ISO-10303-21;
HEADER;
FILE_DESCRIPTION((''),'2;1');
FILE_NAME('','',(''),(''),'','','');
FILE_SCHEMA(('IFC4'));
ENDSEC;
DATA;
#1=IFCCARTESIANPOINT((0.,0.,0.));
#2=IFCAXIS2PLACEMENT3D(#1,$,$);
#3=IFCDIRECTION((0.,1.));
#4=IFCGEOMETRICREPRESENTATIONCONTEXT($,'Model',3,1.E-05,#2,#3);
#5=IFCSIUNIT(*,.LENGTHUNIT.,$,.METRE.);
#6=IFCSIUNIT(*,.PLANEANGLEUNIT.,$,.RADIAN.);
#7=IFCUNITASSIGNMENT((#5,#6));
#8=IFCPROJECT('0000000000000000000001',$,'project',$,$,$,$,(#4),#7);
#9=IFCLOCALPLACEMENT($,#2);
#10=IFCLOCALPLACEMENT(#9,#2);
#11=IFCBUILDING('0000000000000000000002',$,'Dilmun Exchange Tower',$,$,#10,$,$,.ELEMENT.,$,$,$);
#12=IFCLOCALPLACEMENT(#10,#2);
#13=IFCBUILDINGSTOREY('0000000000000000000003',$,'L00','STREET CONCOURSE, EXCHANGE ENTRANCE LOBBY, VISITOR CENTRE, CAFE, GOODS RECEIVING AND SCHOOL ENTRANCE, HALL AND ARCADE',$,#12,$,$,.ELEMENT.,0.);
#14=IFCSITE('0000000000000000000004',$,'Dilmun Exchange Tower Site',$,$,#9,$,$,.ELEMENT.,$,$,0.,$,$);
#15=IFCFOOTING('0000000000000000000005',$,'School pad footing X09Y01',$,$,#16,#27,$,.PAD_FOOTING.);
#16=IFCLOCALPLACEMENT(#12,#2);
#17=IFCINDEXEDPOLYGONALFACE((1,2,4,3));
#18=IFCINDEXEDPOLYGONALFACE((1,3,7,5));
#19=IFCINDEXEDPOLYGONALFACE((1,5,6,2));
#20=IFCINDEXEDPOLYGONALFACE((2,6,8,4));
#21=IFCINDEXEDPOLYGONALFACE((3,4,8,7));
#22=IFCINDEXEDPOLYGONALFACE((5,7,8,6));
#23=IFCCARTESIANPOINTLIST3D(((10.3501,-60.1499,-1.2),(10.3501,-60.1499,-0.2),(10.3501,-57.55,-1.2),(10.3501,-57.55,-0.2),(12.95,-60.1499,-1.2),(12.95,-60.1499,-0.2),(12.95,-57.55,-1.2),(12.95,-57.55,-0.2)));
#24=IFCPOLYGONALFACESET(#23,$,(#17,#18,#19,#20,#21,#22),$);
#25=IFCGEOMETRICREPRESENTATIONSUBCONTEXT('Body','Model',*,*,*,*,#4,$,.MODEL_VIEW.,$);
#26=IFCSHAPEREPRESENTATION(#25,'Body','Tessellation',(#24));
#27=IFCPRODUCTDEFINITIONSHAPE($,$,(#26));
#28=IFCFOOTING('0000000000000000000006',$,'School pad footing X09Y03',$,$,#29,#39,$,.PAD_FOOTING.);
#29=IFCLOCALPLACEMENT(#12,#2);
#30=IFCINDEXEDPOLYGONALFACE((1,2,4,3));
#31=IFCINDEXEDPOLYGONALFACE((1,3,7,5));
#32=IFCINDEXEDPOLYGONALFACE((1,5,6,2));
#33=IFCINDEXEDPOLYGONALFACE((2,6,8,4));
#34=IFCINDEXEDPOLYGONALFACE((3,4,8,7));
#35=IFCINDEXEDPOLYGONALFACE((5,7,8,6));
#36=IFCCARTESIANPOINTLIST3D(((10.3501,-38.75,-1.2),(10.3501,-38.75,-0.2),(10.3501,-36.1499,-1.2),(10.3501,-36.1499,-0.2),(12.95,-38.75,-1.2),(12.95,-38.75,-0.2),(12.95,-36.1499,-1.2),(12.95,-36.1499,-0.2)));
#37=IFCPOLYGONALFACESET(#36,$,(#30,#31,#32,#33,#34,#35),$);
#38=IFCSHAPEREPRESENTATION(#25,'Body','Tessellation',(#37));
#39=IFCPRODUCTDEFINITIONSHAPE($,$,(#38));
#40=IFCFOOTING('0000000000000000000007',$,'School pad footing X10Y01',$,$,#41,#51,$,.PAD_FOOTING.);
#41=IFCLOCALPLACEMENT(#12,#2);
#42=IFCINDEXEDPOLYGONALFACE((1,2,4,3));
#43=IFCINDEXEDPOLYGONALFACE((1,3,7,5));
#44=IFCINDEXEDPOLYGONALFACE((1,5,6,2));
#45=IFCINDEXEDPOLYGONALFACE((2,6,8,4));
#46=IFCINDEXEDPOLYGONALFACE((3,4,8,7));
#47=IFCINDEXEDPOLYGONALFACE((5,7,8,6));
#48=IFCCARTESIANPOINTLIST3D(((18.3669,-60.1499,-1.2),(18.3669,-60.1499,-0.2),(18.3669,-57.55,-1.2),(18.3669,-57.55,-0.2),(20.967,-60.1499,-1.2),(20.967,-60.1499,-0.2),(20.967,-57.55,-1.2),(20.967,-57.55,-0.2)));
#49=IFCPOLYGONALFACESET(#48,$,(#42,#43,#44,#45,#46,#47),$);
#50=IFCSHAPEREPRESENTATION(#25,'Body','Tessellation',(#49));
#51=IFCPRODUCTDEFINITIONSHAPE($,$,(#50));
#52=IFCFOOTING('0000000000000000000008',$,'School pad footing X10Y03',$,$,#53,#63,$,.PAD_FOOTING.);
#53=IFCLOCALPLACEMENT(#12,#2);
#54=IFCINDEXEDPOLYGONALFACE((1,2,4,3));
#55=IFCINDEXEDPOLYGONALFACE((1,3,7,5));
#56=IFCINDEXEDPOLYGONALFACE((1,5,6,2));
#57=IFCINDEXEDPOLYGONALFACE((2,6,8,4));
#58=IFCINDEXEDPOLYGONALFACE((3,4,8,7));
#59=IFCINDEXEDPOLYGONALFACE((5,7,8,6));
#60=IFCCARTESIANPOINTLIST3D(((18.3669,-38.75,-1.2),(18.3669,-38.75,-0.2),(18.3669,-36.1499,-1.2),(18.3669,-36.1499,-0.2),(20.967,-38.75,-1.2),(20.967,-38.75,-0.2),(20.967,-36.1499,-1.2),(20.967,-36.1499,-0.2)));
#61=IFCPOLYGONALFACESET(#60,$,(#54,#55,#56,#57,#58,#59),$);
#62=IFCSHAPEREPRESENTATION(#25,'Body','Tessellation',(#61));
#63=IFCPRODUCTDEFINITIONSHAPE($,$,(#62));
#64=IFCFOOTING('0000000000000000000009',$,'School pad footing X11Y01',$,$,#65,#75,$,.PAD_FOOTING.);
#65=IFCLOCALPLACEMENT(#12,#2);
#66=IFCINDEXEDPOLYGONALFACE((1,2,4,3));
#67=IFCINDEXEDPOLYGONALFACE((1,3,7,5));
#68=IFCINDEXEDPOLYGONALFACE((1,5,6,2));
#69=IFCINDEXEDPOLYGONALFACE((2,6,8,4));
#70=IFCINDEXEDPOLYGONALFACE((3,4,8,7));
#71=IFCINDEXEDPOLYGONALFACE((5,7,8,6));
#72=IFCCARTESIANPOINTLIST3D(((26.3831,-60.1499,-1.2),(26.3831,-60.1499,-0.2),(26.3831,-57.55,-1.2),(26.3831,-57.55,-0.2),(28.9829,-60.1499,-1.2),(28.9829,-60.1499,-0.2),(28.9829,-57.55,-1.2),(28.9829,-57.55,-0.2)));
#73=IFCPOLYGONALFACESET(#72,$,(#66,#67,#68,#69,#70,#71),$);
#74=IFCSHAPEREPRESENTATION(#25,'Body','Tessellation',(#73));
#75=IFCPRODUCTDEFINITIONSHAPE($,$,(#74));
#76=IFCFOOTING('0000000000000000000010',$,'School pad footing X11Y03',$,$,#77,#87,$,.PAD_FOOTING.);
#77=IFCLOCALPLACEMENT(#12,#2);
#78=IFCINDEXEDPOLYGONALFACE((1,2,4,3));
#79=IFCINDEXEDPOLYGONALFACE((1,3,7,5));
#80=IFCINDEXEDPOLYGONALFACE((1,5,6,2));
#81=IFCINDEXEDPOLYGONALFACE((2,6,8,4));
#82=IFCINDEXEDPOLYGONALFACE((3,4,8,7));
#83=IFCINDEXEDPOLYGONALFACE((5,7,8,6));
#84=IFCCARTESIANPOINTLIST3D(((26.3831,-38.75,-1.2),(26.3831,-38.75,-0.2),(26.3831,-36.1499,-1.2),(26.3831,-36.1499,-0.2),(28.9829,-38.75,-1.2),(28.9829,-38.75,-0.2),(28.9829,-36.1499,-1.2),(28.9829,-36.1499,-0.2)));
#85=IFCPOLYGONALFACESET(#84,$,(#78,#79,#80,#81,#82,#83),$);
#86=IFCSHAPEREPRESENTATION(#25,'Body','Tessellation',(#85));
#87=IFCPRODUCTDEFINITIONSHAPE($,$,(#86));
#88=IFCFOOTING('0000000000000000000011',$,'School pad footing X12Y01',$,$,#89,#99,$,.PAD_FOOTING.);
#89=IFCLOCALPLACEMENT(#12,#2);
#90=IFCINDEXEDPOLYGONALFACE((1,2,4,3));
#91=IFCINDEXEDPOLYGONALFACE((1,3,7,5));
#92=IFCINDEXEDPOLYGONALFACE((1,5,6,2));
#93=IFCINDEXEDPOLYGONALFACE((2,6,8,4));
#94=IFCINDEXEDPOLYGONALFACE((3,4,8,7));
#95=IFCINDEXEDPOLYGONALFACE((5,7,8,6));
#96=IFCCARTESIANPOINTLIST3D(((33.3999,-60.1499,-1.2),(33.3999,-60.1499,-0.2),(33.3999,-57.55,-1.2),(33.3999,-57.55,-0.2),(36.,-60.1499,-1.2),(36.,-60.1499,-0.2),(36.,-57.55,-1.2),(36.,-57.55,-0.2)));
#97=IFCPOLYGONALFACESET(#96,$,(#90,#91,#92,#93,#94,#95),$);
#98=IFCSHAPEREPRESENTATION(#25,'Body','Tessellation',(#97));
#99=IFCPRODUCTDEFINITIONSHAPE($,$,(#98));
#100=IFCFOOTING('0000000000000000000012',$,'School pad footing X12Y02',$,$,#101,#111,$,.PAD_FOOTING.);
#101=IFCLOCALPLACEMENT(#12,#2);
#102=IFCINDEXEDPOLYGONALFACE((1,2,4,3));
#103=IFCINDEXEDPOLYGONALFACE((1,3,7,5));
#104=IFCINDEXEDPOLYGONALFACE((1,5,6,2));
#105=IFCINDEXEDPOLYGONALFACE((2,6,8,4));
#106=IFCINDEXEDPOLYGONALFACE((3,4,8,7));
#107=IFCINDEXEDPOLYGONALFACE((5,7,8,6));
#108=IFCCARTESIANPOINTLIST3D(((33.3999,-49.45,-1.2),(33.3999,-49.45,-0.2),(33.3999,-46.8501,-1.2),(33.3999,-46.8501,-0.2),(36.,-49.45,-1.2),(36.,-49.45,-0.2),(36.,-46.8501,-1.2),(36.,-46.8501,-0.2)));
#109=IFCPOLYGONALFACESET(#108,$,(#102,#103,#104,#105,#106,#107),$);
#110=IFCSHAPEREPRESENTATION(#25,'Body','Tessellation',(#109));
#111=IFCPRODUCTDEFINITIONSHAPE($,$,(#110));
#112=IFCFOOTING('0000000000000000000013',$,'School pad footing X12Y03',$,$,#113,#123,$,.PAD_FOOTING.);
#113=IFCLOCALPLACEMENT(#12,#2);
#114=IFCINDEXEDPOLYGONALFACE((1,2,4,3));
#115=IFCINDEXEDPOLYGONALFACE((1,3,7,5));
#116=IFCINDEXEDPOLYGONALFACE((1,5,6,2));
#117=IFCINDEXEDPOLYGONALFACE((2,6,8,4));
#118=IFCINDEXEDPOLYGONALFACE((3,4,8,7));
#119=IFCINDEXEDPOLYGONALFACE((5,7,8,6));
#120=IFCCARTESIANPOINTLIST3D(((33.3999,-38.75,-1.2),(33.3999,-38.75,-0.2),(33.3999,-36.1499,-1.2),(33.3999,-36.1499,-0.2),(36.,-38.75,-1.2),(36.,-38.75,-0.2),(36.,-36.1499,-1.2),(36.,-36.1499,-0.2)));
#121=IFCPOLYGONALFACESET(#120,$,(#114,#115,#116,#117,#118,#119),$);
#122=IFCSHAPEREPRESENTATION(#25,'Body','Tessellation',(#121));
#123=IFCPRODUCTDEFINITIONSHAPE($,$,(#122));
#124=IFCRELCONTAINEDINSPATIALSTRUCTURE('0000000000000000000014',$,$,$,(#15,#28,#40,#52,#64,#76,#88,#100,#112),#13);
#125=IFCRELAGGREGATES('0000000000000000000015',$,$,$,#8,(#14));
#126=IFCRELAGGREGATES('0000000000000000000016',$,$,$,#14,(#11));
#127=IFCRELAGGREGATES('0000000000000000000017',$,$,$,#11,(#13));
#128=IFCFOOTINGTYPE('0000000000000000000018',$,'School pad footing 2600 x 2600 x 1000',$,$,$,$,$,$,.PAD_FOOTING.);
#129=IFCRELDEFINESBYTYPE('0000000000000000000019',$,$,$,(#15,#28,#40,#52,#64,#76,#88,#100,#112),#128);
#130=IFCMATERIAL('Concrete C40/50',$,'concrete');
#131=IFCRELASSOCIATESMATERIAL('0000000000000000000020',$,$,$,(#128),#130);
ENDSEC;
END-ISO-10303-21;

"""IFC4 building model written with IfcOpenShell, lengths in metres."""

from ifc_helpers import new_model, si_unit, direction, frame, origin, place, context, subcontext, project, spatial, polyline, outline, extrude, material, type_object, element, save


model = new_model("IFC4")

# Units and contexts
model_context = context("Model", 3, precision=1e-05, world=origin(), true_north=direction((0.0, 1.0)))
body_context = subcontext(model_context, "Body", "Model", "MODEL_VIEW")
ifc_project = project(units=[si_unit("LENGTHUNIT", "METRE"), si_unit("PLANEANGLEUNIT", "RADIAN")], contexts=[model_context])

# Site, building, storey
site_placement = place(None, origin())
site = spatial("IfcSite", under=ifc_project, at=site_placement, Name="Dilmun Exchange Tower Site", CompositionType="ELEMENT", RefElevation=0.0)
building_placement = place(site_placement, origin())
building = spatial("IfcBuilding", under=site, at=building_placement, Name="Dilmun Exchange Tower", CompositionType="ELEMENT")
storey_placement = place(building_placement, origin())
storey = spatial("IfcBuildingStorey", under=building, at=storey_placement, Name="L00", Description="STREET CONCOURSE, EXCHANGE ENTRANCE LOBBY, VISITOR CENTRE, CAFE, GOODS RECEIVING AND SCHOOL ENTRANCE, HALL AND ARCADE", CompositionType="ELEMENT", Elevation=0.0)

# Footings
ifc_material = material(Name="Concrete C40/50", Category="concrete")
footing_type_1 = type_object("IfcFootingType", Name="School pad footing 2600 x 2600 x 1000", PredefinedType="PAD_FOOTING", material=ifc_material)
footing_1_placement = place(storey_placement, frame((0.0, 0.0, -1.2)))
element("IfcFooting", 1, at=footing_1_placement, inside=storey, type_object=footing_type_1, Name="School pad footing X09Y01", PredefinedType="PAD_FOOTING", context=body_context, shape_type="SweptSolid", body=[
    extrude(outline(polyline([(10.3501, -60.1499), (10.3501, -57.55), (12.95, -57.55), (12.95, -60.1499), (10.3501, -60.1499)])), origin(), (0.0, 0.0, 1.0), 1.0),
])
footing_2_placement = place(storey_placement, frame((0.0, 0.0, -1.2)))
element("IfcFooting", 2, at=footing_2_placement, inside=storey, type_object=footing_type_1, Name="School pad footing X09Y03", PredefinedType="PAD_FOOTING", context=body_context, shape_type="SweptSolid", body=[
    extrude(outline(polyline([(10.3501, -38.75), (10.3501, -36.1499), (12.95, -36.1499), (12.95, -38.75), (10.3501, -38.75)])), origin(), (0.0, 0.0, 1.0), 1.0),
])
footing_3_placement = place(storey_placement, frame((0.0, 0.0, -1.2)))
element("IfcFooting", 3, at=footing_3_placement, inside=storey, type_object=footing_type_1, Name="School pad footing X10Y01", PredefinedType="PAD_FOOTING", context=body_context, shape_type="SweptSolid", body=[
    extrude(outline(polyline([(18.3669, -60.1499), (18.3669, -57.55), (20.967, -57.55), (20.967, -60.1499), (18.3669, -60.1499)])), origin(), (0.0, 0.0, 1.0), 1.0),
])
footing_4_placement = place(storey_placement, frame((0.0, 0.0, -1.2)))
element("IfcFooting", 4, at=footing_4_placement, inside=storey, type_object=footing_type_1, Name="School pad footing X10Y03", PredefinedType="PAD_FOOTING", context=body_context, shape_type="SweptSolid", body=[
    extrude(outline(polyline([(18.3669, -38.75), (18.3669, -36.1499), (20.967, -36.1499), (20.967, -38.75), (18.3669, -38.75)])), origin(), (0.0, 0.0, 1.0), 1.0),
])
footing_5_placement = place(storey_placement, frame((0.0, 0.0, -1.2)))
element("IfcFooting", 5, at=footing_5_placement, inside=storey, type_object=footing_type_1, Name="School pad footing X11Y01", PredefinedType="PAD_FOOTING", context=body_context, shape_type="SweptSolid", body=[
    extrude(outline(polyline([(26.3831, -60.1499), (26.3831, -57.55), (28.9829, -57.55), (28.9829, -60.1499), (26.3831, -60.1499)])), origin(), (0.0, 0.0, 1.0), 1.0),
])
footing_6_placement = place(storey_placement, frame((0.0, 0.0, -1.2)))
element("IfcFooting", 6, at=footing_6_placement, inside=storey, type_object=footing_type_1, Name="School pad footing X11Y03", PredefinedType="PAD_FOOTING", context=body_context, shape_type="SweptSolid", body=[
    extrude(outline(polyline([(26.3831, -38.75), (26.3831, -36.1499), (28.9829, -36.1499), (28.9829, -38.75), (26.3831, -38.75)])), origin(), (0.0, 0.0, 1.0), 1.0),
])
footing_7_placement = place(storey_placement, frame((0.0, 0.0, -1.2)))
element("IfcFooting", 7, at=footing_7_placement, inside=storey, type_object=footing_type_1, Name="School pad footing X12Y01", PredefinedType="PAD_FOOTING", context=body_context, shape_type="SweptSolid", body=[
    extrude(outline(polyline([(33.3999, -60.1499), (33.3999, -57.55), (36.0, -57.55), (36.0, -60.1499), (33.3999, -60.1499)])), origin(), (0.0, 0.0, 1.0), 1.0),
])
footing_8_placement = place(storey_placement, frame((0.0, 0.0, -1.2)))
element("IfcFooting", 8, at=footing_8_placement, inside=storey, type_object=footing_type_1, Name="School pad footing X12Y02", PredefinedType="PAD_FOOTING", context=body_context, shape_type="SweptSolid", body=[
    extrude(outline(polyline([(33.3999, -49.45), (33.3999, -46.8501), (36.0, -46.8501), (36.0, -49.45), (33.3999, -49.45)])), origin(), (0.0, 0.0, 1.0), 1.0),
])
footing_9_placement = place(storey_placement, frame((0.0, 0.0, -1.2)))
element("IfcFooting", 9, at=footing_9_placement, inside=storey, type_object=footing_type_1, Name="School pad footing X12Y03", PredefinedType="PAD_FOOTING", context=body_context, shape_type="SweptSolid", body=[
    extrude(outline(polyline([(33.3999, -38.75), (33.3999, -36.1499), (36.0, -36.1499), (36.0, -38.75), (33.3999, -38.75)])), origin(), (0.0, 0.0, 1.0), 1.0),
])

save(model, "model.ifc")
